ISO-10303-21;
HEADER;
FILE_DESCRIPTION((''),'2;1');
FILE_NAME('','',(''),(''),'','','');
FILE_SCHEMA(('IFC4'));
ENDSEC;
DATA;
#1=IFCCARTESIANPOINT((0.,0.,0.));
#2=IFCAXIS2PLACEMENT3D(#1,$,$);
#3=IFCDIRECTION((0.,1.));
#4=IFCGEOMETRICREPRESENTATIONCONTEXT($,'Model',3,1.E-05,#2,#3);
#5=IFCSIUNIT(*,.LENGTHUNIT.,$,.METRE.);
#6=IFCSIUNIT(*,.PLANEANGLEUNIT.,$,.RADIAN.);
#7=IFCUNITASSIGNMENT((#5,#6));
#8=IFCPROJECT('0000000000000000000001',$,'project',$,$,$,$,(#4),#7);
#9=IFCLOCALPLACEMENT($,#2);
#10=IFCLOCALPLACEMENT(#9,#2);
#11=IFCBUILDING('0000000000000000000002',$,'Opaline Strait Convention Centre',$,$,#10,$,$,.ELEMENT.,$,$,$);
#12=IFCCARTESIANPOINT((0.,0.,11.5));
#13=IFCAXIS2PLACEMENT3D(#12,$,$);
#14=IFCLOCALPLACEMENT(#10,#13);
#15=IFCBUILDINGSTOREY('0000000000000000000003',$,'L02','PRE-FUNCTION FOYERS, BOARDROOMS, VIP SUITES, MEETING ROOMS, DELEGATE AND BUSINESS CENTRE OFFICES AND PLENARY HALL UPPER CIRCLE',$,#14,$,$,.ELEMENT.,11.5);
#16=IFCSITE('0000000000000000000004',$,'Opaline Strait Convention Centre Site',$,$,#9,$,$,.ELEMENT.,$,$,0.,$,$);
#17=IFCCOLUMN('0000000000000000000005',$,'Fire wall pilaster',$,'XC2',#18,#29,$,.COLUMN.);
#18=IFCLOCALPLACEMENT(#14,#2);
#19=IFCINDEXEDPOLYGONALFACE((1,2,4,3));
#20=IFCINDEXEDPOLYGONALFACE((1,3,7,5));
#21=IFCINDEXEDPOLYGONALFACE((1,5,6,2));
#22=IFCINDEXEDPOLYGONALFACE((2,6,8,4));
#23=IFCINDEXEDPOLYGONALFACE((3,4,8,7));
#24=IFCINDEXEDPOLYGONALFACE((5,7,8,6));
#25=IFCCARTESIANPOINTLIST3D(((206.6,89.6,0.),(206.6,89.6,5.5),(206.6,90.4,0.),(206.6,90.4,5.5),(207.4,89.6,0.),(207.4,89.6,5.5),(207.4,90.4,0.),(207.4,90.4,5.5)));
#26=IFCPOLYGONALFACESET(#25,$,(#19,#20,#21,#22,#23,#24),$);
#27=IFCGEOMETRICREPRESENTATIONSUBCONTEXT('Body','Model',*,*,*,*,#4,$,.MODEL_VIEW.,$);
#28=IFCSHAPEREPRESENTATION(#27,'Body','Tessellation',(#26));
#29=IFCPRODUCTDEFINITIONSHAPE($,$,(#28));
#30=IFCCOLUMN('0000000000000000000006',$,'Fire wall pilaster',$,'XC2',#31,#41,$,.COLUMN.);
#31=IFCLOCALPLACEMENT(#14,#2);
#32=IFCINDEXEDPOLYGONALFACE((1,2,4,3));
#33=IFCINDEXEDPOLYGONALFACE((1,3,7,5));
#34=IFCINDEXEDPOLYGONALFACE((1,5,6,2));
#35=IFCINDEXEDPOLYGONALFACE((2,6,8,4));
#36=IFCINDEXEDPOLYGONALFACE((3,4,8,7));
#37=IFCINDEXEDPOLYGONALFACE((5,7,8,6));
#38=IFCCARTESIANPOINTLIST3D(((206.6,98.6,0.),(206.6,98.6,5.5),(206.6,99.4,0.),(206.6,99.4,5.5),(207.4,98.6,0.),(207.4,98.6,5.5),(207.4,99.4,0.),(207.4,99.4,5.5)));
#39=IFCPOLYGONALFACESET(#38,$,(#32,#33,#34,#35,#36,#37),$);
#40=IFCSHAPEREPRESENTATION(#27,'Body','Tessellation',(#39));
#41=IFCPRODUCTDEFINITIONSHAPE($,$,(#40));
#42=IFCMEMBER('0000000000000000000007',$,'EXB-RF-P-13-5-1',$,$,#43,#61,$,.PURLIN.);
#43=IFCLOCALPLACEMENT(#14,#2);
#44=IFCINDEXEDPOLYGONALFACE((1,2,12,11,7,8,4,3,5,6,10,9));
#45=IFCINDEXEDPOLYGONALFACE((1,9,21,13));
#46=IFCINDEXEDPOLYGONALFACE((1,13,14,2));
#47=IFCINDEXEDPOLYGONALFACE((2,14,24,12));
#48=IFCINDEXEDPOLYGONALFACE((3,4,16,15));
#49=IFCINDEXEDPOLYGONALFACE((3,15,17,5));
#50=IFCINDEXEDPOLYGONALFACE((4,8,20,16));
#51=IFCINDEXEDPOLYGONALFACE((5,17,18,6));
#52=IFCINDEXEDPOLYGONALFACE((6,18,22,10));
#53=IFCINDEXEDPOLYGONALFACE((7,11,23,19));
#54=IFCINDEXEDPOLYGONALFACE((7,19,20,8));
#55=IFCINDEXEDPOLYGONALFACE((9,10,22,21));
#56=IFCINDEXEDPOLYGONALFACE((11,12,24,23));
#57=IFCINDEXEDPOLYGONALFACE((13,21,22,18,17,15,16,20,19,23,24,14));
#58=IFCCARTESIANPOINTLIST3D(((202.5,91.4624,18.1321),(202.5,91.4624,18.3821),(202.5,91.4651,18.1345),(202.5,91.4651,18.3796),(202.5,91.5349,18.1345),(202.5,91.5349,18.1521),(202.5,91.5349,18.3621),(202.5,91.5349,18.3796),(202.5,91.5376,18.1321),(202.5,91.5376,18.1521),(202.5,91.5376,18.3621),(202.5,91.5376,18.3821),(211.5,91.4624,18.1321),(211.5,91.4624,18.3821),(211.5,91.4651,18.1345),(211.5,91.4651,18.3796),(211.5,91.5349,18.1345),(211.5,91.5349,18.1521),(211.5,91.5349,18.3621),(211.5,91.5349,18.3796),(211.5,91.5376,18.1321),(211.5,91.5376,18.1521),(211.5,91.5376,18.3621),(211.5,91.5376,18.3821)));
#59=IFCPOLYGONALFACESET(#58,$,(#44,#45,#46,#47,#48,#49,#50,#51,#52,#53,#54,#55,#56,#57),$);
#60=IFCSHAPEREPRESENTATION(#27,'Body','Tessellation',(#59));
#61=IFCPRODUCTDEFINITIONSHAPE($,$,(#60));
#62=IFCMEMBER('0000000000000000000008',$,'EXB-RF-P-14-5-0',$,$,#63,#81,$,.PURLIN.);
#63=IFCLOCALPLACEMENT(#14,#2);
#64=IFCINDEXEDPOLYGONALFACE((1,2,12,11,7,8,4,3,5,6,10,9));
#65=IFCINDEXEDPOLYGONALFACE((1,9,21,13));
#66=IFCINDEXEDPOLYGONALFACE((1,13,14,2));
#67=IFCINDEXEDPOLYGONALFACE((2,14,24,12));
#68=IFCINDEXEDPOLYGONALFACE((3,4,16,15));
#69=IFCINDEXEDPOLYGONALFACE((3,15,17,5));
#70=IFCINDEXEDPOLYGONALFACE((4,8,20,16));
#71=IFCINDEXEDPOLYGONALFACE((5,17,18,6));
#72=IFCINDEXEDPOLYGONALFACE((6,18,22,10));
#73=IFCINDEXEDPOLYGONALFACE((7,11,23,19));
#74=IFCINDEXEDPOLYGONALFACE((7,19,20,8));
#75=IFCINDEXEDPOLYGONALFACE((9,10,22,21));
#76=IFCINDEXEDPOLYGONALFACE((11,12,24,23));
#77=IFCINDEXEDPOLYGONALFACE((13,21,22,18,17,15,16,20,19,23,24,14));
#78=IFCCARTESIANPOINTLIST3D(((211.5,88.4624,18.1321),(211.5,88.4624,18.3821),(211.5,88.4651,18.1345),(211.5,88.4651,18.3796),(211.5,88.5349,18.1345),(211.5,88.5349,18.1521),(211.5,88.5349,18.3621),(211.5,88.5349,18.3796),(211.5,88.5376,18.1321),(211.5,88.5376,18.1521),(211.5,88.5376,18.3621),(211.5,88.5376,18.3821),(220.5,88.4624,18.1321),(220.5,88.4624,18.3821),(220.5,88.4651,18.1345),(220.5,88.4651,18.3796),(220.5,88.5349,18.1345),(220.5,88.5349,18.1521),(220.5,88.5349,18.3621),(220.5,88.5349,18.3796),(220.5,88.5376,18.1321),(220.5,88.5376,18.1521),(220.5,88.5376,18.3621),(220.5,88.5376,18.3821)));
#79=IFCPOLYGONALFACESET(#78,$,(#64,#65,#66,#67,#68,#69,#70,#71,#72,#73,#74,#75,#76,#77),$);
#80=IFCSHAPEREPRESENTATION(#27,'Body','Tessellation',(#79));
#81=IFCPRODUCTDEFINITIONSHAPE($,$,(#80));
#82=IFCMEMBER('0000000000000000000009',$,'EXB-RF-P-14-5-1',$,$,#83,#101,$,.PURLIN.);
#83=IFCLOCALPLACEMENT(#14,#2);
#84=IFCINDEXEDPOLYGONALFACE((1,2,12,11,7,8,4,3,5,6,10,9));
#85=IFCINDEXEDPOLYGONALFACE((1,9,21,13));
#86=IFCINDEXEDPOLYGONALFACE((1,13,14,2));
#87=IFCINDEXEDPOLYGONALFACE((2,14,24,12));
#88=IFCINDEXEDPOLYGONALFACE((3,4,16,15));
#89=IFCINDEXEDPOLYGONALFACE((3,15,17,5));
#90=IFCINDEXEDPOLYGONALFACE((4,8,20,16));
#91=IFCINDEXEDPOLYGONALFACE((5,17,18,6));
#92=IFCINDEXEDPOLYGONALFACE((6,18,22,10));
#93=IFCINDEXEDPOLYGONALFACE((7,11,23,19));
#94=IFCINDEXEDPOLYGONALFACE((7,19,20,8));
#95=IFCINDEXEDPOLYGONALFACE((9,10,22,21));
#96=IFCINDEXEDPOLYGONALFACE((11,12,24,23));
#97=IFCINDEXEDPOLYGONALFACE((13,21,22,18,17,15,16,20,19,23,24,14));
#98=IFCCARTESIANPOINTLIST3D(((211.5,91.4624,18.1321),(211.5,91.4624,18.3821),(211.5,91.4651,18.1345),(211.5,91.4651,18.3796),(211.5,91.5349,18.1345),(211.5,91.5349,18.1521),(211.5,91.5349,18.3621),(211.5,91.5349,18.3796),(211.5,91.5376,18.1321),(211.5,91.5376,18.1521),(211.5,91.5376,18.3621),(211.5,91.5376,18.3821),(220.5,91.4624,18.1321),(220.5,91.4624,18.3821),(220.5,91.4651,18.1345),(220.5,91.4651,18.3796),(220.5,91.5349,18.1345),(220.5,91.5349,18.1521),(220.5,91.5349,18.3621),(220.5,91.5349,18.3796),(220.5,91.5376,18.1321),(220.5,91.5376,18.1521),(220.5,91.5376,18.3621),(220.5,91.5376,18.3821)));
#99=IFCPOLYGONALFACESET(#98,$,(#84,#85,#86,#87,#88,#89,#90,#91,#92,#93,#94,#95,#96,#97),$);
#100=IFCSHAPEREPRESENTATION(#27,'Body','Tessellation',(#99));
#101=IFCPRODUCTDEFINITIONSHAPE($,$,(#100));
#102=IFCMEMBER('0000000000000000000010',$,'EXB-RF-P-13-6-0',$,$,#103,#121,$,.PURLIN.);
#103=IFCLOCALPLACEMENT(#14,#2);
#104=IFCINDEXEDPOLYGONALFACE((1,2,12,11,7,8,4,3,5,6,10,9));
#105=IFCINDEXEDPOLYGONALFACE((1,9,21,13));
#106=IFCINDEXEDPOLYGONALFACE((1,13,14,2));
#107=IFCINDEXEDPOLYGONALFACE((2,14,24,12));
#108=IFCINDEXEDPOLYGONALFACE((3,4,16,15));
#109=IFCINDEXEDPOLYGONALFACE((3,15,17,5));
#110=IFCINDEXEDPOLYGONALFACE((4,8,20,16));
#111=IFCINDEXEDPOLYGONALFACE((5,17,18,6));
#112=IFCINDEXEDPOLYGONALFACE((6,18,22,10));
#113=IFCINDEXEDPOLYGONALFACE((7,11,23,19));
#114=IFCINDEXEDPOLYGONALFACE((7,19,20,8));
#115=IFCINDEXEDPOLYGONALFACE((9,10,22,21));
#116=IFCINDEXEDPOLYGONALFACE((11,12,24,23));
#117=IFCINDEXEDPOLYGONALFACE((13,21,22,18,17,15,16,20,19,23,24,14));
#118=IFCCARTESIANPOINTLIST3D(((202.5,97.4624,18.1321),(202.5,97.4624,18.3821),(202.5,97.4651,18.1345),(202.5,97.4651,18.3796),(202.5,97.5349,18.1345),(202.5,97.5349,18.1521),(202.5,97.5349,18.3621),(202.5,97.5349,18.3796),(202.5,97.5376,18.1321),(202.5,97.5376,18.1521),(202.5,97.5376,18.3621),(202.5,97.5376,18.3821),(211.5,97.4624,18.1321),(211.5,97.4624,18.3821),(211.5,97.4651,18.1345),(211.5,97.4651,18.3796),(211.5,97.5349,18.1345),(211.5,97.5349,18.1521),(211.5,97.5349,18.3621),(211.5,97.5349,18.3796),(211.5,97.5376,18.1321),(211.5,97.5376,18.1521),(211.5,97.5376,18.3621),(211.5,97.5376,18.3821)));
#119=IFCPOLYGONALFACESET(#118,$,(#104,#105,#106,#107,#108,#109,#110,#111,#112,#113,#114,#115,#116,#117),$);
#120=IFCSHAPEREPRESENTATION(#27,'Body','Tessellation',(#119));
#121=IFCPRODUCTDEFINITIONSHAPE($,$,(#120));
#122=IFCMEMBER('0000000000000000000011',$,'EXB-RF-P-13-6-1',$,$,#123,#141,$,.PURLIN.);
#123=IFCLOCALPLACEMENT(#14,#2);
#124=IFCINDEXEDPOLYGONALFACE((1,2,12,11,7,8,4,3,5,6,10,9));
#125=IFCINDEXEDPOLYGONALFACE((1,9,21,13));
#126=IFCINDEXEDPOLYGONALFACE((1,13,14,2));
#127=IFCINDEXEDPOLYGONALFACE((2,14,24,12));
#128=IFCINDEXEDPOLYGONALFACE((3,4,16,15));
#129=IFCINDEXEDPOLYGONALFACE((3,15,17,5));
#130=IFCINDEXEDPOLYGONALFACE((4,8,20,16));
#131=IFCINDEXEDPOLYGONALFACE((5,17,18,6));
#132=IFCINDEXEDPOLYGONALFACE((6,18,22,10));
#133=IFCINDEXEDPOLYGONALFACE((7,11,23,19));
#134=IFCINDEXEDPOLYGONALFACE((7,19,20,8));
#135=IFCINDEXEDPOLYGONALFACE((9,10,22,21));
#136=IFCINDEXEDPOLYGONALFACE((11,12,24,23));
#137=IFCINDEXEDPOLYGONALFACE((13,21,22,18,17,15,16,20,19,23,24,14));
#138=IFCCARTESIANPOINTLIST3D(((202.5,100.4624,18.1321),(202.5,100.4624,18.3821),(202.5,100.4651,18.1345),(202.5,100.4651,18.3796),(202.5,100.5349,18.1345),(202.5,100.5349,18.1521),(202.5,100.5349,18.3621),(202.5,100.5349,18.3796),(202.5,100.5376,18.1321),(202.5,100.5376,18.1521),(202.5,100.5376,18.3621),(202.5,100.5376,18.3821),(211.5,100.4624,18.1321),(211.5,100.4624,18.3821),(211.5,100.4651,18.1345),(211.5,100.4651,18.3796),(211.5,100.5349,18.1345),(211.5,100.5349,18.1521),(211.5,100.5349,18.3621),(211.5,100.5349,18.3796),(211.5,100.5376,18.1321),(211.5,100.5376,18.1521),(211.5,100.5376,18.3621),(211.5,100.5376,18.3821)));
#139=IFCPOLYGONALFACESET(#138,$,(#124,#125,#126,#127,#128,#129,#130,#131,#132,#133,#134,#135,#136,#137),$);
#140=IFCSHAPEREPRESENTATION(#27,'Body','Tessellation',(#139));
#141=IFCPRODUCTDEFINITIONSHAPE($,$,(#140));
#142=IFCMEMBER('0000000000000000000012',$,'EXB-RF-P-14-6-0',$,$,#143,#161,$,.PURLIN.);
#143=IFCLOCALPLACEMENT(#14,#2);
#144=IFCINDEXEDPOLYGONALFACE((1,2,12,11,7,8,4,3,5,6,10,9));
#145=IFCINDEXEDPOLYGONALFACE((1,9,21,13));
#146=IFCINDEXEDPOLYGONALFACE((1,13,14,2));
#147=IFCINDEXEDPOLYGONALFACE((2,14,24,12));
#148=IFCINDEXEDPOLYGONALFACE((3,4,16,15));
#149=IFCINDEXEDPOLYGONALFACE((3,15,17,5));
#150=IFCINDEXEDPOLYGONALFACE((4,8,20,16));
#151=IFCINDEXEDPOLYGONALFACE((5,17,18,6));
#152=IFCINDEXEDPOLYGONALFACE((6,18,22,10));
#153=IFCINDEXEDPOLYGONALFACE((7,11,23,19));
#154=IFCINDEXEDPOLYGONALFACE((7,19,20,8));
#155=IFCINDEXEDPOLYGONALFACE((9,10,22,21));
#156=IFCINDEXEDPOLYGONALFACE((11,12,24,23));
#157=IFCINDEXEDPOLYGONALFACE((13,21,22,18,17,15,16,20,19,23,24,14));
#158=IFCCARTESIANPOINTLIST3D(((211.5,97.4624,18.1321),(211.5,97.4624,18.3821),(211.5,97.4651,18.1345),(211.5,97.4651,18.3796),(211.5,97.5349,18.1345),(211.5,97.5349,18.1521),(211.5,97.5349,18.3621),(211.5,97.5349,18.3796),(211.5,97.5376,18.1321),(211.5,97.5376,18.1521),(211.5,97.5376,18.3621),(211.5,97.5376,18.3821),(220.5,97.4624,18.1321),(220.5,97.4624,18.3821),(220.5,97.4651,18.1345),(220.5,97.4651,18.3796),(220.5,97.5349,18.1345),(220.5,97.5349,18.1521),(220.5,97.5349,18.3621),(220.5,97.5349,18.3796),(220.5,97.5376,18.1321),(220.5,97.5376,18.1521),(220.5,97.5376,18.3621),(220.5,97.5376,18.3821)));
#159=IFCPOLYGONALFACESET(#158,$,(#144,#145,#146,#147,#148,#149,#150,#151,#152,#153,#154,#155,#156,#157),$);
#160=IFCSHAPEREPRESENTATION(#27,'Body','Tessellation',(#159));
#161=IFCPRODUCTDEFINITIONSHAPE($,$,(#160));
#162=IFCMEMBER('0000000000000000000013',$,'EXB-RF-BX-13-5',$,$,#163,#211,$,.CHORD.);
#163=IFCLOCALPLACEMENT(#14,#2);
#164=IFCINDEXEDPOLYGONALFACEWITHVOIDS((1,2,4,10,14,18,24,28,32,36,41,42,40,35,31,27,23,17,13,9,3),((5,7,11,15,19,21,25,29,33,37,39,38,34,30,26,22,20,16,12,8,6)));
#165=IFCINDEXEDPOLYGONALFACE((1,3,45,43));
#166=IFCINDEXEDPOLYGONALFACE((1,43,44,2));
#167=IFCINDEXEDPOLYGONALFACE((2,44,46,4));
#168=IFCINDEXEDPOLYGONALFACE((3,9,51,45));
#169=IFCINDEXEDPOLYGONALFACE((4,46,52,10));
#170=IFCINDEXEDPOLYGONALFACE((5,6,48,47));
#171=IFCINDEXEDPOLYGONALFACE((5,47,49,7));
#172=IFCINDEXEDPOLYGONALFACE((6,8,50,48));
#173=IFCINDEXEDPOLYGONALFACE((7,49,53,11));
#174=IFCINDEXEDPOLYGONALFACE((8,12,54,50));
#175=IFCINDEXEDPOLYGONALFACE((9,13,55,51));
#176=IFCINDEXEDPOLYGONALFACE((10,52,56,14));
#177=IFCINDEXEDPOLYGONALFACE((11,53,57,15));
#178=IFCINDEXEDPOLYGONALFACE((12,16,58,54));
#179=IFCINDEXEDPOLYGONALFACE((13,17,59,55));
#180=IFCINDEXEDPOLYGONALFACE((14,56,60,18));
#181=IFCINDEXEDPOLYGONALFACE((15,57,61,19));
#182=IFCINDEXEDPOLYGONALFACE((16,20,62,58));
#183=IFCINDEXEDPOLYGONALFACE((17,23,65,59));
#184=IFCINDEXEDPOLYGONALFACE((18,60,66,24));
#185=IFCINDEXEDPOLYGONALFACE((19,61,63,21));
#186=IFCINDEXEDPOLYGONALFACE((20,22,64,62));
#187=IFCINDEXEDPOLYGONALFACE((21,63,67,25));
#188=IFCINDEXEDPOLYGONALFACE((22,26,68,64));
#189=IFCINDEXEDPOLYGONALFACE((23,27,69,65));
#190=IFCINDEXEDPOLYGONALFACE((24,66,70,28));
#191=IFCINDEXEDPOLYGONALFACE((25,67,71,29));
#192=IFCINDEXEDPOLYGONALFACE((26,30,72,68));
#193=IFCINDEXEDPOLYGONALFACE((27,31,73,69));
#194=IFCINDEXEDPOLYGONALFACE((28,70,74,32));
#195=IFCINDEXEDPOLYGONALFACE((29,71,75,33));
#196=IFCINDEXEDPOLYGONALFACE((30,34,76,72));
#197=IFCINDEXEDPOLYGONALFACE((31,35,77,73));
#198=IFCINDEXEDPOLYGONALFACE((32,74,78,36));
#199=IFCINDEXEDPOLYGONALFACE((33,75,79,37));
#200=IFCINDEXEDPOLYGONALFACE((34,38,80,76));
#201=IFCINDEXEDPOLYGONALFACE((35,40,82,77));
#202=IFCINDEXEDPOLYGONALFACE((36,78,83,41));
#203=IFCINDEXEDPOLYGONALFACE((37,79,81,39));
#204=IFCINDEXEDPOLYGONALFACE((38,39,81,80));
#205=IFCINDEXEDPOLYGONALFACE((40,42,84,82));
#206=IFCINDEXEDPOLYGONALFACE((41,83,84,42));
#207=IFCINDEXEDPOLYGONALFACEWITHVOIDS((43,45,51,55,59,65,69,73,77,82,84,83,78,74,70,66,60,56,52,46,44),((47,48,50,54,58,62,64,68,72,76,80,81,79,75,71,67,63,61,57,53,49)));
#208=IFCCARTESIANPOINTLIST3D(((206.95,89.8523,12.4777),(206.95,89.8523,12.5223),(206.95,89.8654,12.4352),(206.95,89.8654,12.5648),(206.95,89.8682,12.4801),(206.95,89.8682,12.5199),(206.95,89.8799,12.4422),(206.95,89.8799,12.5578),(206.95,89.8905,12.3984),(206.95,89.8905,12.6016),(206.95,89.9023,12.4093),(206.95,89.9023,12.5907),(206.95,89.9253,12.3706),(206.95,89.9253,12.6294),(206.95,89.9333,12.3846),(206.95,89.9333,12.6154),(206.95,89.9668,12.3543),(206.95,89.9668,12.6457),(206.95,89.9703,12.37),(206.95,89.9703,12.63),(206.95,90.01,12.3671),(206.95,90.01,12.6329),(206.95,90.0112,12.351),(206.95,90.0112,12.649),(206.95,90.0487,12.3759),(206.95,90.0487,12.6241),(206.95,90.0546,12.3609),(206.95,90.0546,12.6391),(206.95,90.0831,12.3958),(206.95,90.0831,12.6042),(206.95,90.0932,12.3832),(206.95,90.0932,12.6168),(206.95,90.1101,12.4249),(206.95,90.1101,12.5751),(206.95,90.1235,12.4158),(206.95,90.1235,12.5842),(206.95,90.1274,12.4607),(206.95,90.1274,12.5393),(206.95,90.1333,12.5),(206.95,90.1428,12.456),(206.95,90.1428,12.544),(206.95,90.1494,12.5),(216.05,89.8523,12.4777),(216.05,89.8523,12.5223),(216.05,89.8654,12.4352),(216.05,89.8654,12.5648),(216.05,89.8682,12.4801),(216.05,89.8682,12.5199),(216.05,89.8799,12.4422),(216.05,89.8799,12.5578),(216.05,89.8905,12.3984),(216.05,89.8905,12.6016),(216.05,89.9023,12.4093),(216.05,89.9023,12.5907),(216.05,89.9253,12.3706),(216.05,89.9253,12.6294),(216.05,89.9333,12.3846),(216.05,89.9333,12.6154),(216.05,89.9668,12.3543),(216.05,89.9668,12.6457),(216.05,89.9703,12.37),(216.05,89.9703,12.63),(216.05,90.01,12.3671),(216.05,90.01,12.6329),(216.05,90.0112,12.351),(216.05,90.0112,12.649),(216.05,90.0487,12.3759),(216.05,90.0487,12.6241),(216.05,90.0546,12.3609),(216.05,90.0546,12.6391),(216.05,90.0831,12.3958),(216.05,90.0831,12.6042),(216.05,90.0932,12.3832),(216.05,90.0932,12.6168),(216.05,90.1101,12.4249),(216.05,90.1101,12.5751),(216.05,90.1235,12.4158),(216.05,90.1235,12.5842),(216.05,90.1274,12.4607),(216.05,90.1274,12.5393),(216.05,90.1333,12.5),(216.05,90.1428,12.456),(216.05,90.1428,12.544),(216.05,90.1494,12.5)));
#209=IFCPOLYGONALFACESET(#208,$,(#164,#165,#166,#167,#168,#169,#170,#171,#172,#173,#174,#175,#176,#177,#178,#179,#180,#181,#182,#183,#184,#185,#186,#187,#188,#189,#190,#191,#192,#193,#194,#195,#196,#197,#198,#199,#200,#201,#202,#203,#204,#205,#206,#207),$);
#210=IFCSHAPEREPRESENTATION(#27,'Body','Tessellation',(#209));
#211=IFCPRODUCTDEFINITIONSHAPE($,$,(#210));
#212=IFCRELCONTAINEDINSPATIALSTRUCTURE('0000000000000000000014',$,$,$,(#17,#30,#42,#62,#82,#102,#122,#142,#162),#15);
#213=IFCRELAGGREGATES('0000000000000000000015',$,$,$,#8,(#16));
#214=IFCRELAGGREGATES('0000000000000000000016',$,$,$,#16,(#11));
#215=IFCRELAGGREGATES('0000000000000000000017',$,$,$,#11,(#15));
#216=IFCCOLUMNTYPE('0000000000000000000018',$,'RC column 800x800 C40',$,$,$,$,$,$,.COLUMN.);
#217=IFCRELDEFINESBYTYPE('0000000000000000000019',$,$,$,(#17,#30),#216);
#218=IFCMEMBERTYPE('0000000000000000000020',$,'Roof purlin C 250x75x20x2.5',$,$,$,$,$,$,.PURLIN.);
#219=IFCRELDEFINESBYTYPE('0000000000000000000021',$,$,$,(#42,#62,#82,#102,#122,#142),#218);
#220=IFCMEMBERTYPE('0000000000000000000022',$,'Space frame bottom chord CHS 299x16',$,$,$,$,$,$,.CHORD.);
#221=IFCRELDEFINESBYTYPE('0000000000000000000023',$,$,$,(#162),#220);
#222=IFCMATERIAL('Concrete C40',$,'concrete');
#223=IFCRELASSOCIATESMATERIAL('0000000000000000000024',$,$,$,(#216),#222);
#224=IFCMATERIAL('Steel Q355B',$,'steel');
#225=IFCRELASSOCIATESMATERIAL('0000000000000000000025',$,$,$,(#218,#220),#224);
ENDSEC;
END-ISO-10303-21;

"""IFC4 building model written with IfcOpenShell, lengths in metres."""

from ifc_helpers import new_model, si_unit, direction, frame, origin, origin_2d, place, context, subcontext, project, spatial, polyline, rectangle, hollow_circle, outline, extrude, material, material_profile, profile_set, type_object, element, save


model = new_model("IFC4")

# Units and contexts
model_context = context("Model", 3, precision=1e-05, world=origin(), true_north=direction((0.0, 1.0)))
body_context = subcontext(model_context, "Body", "Model", "MODEL_VIEW")
ifc_project = project(units=[si_unit("LENGTHUNIT", "METRE"), si_unit("PLANEANGLEUNIT", "RADIAN")], contexts=[model_context])

# Site, building, storey
site_placement = place(None, origin())
site = spatial("IfcSite", under=ifc_project, at=site_placement, Name="Opaline Strait Convention Centre Site", CompositionType="ELEMENT", RefElevation=0.0)
building_placement = place(site_placement, origin())
building = spatial("IfcBuilding", under=site, at=building_placement, Name="Opaline Strait Convention Centre", CompositionType="ELEMENT")
storey_placement = place(building_placement, frame((0.0, 0.0, 11.5)))
storey = spatial("IfcBuildingStorey", under=building, at=storey_placement, Name="L02", Description="PRE-FUNCTION FOYERS, BOARDROOMS, VIP SUITES, MEETING ROOMS, DELEGATE AND BUSINESS CENTRE OFFICES AND PLENARY HALL UPPER CIRCLE", CompositionType="ELEMENT", Elevation=11.5)

# Columns
ifc_material_1 = material(Name="Concrete C40", Category="concrete")
ifc_material_profile_1 = material_profile(ifc_material_1, rectangle(XDim=0.8, YDim=0.8, at=origin_2d()), Name="RC 800x800")
ifc_profile_set_1 = profile_set([ifc_material_profile_1], Name="Concrete C40")
column_type = type_object("IfcColumnType", Name="RC column 800x800 C40", PredefinedType="COLUMN", material=ifc_profile_set_1)
for number, where, z_axis, x_axis, name in (
    (1, (207.0, 90.0, 0.0), (0.0, 0.0, 1.0), (1.0, 0.0, 0.0), "Fire wall pilaster"),
    (2, (207.0, 99.0, 0.0), (0.0, 0.0, 1.0), (1.0, 0.0, 0.0), "Fire wall pilaster"),
):
    element("IfcColumn", number, at=place(storey_placement, frame(where, z_axis=z_axis, x_axis=x_axis)), inside=storey, type_object=column_type, Name=name, ObjectType="XC2", PredefinedType="COLUMN", context=body_context, shape_type="SweptSolid", body=[
        extrude(rectangle(XDim=0.8, YDim=0.8, at=origin_2d()), origin(), (0.0, 0.0, 1.0), 5.5),
    ])

# Members
ifc_material_2 = material(Name="Steel Q355B", Category="steel")
ifc_material_profile_2 = material_profile(ifc_material_2, outline(polyline([(-0.0376, -0.125), (0.0376, -0.125), (0.0376, -0.105), (0.0349, -0.105), (0.0349, -0.1226), (-0.0349, -0.1226), (-0.0349, 0.1226), (0.0349, 0.1226), (0.0349, 0.105), (0.0376, 0.105), (0.0376, 0.125), (-0.0376, 0.125), (-0.0376, -0.125)])), Name="C 250x75x20x2.5")
ifc_profile_set_2 = profile_set([ifc_material_profile_2], Name="Steel Q355B")
member_type_1 = type_object("IfcMemberType", Name="Roof purlin C 250x75x20x2.5", PredefinedType="PURLIN", material=ifc_profile_set_2)
for number, where, z_axis, x_axis, name in (
    (3, (202.5, 91.5, 18.2571), (1.0, 0.0, 0.0), (0.0, 1.0, 0.0), "EXB-RF-P-13-5-1"),
    (4, (211.5, 88.5, 18.2571), (1.0, 0.0, 0.0), (0.0, 1.0, 0.0), "EXB-RF-P-14-5-0"),
    (5, (211.5, 91.5, 18.2571), (1.0, 0.0, 0.0), (0.0, 1.0, 0.0), "EXB-RF-P-14-5-1"),
    (6, (202.5, 97.5, 18.2571), (1.0, 0.0, 0.0), (0.0, 1.0, 0.0), "EXB-RF-P-13-6-0"),
    (7, (202.5, 100.5, 18.2571), (1.0, 0.0, 0.0), (0.0, 1.0, 0.0), "EXB-RF-P-13-6-1"),
    (8, (211.5, 97.5, 18.2571), (1.0, 0.0, 0.0), (0.0, 1.0, 0.0), "EXB-RF-P-14-6-0"),
):
    element("IfcMember", number, at=place(storey_placement, frame(where, z_axis=z_axis, x_axis=x_axis)), inside=storey, type_object=member_type_1, Name=name, PredefinedType="PURLIN", context=body_context, shape_type="SweptSolid", body=[
        extrude(outline(polyline([(-0.0376, -0.125), (0.0376, -0.125), (0.0376, -0.105), (0.0349, -0.105), (0.0349, -0.1226), (-0.0349, -0.1226), (-0.0349, 0.1226), (0.0349, 0.1226), (0.0349, 0.105), (0.0376, 0.105), (0.0376, 0.125), (-0.0376, 0.125), (-0.0376, -0.125)])), origin(), (0.0, 0.0, 1.0), 9.0),
    ])
ifc_material_profile_3 = material_profile(ifc_material_2, hollow_circle(Radius=0.1494, WallThickness=0.0161, at=origin_2d()), Name="CHS 299x16")
ifc_profile_set_3 = profile_set([ifc_material_profile_3], Name="Steel Q355B")
member_type_2 = type_object("IfcMemberType", Name="Space frame bottom chord CHS 299x16", PredefinedType="CHORD", material=ifc_profile_set_3)
for number, where, z_axis, x_axis, name in (
    (9, (206.95, 90.0, 12.5), (1.0, 0.0, 0.0), (0.0, 1.0, 0.0), "EXB-RF-BX-13-5"),
):
    element("IfcMember", number, at=place(storey_placement, frame(where, z_axis=z_axis, x_axis=x_axis)), inside=storey, type_object=member_type_2, Name=name, PredefinedType="CHORD", context=body_context, shape_type="SweptSolid", body=[
        extrude(hollow_circle(Radius=0.1494, WallThickness=0.0161, at=origin_2d()), origin(), (0.0, 0.0, 1.0), 9.1001),
    ])

save(model, "model.ifc")
